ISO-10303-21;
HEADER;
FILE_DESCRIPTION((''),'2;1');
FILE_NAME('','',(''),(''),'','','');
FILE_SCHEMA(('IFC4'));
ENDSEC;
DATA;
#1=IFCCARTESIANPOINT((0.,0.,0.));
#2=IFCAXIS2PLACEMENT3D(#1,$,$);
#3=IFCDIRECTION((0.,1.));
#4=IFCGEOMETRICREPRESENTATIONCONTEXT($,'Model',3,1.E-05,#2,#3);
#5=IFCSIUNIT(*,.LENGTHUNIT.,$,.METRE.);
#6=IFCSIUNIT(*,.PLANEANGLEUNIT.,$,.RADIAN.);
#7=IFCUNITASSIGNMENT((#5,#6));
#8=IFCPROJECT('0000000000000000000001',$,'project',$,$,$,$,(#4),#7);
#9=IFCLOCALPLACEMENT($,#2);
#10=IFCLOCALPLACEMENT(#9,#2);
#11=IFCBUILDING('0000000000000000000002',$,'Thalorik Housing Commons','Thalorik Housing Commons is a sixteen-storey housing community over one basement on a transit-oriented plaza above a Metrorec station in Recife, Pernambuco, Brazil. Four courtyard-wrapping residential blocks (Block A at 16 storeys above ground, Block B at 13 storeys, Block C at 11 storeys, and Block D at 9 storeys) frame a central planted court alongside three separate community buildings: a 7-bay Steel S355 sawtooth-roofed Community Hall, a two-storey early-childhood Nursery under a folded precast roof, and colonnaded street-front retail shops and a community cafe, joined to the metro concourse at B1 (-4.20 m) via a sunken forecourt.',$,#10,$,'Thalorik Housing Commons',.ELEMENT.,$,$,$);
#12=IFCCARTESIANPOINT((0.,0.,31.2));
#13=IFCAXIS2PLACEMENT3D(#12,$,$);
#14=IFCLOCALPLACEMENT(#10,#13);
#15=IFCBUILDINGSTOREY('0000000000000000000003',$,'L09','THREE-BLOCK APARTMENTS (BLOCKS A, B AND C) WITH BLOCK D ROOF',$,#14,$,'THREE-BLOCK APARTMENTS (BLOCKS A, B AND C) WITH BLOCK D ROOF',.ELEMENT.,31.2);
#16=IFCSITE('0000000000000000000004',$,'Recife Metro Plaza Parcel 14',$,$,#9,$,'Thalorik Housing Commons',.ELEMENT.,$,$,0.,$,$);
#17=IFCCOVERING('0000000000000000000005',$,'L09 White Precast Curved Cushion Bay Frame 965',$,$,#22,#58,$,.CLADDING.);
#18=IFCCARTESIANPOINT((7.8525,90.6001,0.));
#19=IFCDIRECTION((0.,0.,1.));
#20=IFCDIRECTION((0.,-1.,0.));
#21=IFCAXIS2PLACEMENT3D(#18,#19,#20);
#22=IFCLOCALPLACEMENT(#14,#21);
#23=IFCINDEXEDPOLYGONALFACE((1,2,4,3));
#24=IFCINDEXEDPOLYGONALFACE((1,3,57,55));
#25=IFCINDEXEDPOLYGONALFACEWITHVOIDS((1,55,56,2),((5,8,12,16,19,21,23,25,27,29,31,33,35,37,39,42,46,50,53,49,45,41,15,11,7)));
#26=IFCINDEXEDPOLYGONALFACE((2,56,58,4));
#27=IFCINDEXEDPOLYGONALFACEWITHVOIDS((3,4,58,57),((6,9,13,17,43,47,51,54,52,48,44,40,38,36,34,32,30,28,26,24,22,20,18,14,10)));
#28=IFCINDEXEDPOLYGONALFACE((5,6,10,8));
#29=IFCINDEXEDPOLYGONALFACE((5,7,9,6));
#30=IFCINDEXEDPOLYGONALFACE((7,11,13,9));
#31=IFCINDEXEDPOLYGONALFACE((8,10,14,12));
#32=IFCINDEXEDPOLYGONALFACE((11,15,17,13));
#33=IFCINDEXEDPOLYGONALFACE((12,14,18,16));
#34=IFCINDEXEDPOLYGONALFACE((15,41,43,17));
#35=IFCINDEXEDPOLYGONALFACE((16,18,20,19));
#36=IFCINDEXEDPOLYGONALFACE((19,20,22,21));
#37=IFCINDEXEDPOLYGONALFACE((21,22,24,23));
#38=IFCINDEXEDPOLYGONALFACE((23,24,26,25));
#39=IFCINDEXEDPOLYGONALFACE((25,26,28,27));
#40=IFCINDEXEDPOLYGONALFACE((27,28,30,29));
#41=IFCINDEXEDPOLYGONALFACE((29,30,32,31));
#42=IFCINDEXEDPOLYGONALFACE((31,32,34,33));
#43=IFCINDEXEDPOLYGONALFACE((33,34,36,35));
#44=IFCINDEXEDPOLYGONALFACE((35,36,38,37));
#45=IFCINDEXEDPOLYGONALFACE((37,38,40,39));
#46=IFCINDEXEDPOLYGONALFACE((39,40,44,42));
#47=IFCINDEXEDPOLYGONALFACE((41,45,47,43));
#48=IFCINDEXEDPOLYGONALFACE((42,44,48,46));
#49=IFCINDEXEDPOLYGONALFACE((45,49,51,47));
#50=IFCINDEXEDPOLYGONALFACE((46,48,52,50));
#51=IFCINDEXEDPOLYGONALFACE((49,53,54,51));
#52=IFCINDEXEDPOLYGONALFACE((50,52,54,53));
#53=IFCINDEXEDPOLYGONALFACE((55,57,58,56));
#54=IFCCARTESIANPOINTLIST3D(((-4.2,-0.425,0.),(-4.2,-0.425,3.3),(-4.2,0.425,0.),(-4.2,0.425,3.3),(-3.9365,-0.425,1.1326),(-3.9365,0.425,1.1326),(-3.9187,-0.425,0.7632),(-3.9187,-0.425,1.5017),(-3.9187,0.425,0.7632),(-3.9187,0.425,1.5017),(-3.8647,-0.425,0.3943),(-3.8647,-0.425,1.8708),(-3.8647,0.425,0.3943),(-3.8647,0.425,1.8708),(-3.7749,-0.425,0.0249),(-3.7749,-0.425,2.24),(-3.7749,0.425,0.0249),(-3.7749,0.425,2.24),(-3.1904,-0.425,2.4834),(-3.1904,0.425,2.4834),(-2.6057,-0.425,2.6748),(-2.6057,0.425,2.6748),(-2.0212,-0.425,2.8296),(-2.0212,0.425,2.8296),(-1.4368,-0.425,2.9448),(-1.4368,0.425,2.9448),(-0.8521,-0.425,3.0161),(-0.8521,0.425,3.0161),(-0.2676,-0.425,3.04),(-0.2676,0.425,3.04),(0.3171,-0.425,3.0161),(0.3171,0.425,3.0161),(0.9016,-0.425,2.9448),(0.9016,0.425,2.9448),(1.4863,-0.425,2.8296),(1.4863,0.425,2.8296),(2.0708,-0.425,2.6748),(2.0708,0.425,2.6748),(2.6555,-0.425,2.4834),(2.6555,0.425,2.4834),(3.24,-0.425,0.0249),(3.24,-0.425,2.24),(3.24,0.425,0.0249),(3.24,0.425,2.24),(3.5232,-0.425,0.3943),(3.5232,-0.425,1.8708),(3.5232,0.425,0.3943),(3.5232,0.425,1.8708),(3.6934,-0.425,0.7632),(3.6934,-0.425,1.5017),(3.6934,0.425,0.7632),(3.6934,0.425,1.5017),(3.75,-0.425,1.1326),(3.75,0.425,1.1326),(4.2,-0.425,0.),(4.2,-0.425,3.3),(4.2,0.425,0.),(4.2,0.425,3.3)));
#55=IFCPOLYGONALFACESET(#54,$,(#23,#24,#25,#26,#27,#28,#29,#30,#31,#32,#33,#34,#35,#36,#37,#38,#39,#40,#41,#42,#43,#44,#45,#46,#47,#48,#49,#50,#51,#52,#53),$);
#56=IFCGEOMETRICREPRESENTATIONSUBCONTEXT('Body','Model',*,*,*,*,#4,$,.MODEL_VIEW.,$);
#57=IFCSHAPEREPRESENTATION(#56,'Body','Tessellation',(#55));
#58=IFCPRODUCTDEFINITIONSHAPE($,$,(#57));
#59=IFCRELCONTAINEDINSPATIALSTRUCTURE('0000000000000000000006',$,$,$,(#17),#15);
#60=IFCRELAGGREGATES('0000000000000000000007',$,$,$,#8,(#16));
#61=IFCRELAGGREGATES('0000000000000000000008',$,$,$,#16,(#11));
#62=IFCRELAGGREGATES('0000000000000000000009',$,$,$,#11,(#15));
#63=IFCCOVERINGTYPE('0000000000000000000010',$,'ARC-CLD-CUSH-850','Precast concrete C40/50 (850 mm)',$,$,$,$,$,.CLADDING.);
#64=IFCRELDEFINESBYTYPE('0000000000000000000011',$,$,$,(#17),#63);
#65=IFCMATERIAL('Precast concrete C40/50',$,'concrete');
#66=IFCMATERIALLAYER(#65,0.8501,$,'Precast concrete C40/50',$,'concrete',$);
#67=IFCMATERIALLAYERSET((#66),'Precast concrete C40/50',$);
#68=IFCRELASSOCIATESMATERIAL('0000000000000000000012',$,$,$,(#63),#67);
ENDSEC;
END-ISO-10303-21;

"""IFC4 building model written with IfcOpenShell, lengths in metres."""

from ifc_helpers import new_model, si_unit, direction, frame, origin, place, context, subcontext, project, spatial, polyline, outline, extrude, material, layer, layer_set, type_object, element, save


model = new_model("IFC4")

# Units and contexts
model_context = context("Model", 3, precision=1e-05, world=origin(), true_north=direction((0.0, 1.0)))
body_context = subcontext(model_context, "Body", "Model", "MODEL_VIEW")
ifc_project = project(units=[si_unit("LENGTHUNIT", "METRE"), si_unit("PLANEANGLEUNIT", "RADIAN")], contexts=[model_context])

# Site, building, storey
site_placement = place(None, origin())
site = spatial("IfcSite", under=ifc_project, at=site_placement, Name="Recife Metro Plaza Parcel 14", LongName="Thalorik Housing Commons", CompositionType="ELEMENT", RefElevation=0.0)
building_placement = place(site_placement, origin())
building = spatial("IfcBuilding", under=site, at=building_placement, Name="Thalorik Housing Commons", Description="Thalorik Housing Commons is a sixteen-storey housing community over one basement on a transit-oriented plaza above a Metrorec station in Recife, Pernambuco, Brazil. Four courtyard-wrapping residential blocks (Block A at 16 storeys above ground, Block B at 13 storeys, Block C at 11 storeys, and Block D at 9 storeys) frame a central planted court alongside three separate community buildings: a 7-bay Steel S355 sawtooth-roofed Community Hall, a two-storey early-childhood Nursery under a folded precast roof, and colonnaded street-front retail shops and a community cafe, joined to the metro concourse at B1 (-4.20 m) via a sunken forecourt.", LongName="Thalorik Housing Commons", CompositionType="ELEMENT")
storey_placement = place(building_placement, frame((0.0, 0.0, 31.2)))
storey = spatial("IfcBuildingStorey", under=building, at=storey_placement, Name="L09", Description="THREE-BLOCK APARTMENTS (BLOCKS A, B AND C) WITH BLOCK D ROOF", LongName="THREE-BLOCK APARTMENTS (BLOCKS A, B AND C) WITH BLOCK D ROOF", CompositionType="ELEMENT", Elevation=31.2)

# Shared definitions
ifc_material_1 = material(Name="Precast concrete C40/50", Category="concrete")

# Covering
ifc_layer_1 = layer(ifc_material_1, 0.8501, Name="Precast concrete C40/50", Category="concrete")
ifc_layer_set_1 = layer_set([ifc_layer_1], Name="Precast concrete C40/50")
covering_type = type_object("IfcCoveringType", Name="ARC-CLD-CUSH-850", Description="Precast concrete C40/50 (850 mm)", PredefinedType="CLADDING", material=ifc_layer_set_1)
covering_placement = place(storey_placement, frame((7.8525, 90.6001, 0.0), z_axis=(0.0, 0.0, 1.0), x_axis=(0.0, -1.0, 0.0)))
element("IfcCovering", 1, at=covering_placement, inside=storey, type_object=covering_type, Name="L09 White Precast Curved Cushion Bay Frame 965", PredefinedType="CLADDING", context=body_context, shape_type="SweptSolid", body=[
    extrude(outline(polyline([(-4.2, 0.0), (4.2, 0.0), (4.2, 3.3), (-4.2, 3.3), (-4.2, 0.0)]), holes=[polyline([(3.24, 0.0249), (3.5232, 0.3943), (3.6934, 0.7632), (3.75, 1.1326), (3.6934, 1.5017), (3.5232, 1.8708), (3.24, 2.24), (2.6555, 2.4834), (2.0708, 2.6748), (1.4863, 2.8296), (0.9016, 2.9448), (0.3171, 3.0161), (-0.2676, 3.04), (-0.8521, 3.0161), (-1.4368, 2.9448), (-2.0212, 2.8296), (-2.6057, 2.6748), (-3.1904, 2.4834), (-3.7749, 2.24), (-3.8647, 1.8708), (-3.9187, 1.5017), (-3.9365, 1.1326), (-3.9187, 0.7632), (-3.8647, 0.3943), (-3.7749, 0.0249), (3.24, 0.0249)])]), frame((0.0, 0.425, 0.0), z_axis=(0.0, -1.0, 0.0), x_axis=(1.0, 0.0, 0.0)), (0.0, 0.0, 1.0), 0.8501),
])

save(model, "model.ifc")
